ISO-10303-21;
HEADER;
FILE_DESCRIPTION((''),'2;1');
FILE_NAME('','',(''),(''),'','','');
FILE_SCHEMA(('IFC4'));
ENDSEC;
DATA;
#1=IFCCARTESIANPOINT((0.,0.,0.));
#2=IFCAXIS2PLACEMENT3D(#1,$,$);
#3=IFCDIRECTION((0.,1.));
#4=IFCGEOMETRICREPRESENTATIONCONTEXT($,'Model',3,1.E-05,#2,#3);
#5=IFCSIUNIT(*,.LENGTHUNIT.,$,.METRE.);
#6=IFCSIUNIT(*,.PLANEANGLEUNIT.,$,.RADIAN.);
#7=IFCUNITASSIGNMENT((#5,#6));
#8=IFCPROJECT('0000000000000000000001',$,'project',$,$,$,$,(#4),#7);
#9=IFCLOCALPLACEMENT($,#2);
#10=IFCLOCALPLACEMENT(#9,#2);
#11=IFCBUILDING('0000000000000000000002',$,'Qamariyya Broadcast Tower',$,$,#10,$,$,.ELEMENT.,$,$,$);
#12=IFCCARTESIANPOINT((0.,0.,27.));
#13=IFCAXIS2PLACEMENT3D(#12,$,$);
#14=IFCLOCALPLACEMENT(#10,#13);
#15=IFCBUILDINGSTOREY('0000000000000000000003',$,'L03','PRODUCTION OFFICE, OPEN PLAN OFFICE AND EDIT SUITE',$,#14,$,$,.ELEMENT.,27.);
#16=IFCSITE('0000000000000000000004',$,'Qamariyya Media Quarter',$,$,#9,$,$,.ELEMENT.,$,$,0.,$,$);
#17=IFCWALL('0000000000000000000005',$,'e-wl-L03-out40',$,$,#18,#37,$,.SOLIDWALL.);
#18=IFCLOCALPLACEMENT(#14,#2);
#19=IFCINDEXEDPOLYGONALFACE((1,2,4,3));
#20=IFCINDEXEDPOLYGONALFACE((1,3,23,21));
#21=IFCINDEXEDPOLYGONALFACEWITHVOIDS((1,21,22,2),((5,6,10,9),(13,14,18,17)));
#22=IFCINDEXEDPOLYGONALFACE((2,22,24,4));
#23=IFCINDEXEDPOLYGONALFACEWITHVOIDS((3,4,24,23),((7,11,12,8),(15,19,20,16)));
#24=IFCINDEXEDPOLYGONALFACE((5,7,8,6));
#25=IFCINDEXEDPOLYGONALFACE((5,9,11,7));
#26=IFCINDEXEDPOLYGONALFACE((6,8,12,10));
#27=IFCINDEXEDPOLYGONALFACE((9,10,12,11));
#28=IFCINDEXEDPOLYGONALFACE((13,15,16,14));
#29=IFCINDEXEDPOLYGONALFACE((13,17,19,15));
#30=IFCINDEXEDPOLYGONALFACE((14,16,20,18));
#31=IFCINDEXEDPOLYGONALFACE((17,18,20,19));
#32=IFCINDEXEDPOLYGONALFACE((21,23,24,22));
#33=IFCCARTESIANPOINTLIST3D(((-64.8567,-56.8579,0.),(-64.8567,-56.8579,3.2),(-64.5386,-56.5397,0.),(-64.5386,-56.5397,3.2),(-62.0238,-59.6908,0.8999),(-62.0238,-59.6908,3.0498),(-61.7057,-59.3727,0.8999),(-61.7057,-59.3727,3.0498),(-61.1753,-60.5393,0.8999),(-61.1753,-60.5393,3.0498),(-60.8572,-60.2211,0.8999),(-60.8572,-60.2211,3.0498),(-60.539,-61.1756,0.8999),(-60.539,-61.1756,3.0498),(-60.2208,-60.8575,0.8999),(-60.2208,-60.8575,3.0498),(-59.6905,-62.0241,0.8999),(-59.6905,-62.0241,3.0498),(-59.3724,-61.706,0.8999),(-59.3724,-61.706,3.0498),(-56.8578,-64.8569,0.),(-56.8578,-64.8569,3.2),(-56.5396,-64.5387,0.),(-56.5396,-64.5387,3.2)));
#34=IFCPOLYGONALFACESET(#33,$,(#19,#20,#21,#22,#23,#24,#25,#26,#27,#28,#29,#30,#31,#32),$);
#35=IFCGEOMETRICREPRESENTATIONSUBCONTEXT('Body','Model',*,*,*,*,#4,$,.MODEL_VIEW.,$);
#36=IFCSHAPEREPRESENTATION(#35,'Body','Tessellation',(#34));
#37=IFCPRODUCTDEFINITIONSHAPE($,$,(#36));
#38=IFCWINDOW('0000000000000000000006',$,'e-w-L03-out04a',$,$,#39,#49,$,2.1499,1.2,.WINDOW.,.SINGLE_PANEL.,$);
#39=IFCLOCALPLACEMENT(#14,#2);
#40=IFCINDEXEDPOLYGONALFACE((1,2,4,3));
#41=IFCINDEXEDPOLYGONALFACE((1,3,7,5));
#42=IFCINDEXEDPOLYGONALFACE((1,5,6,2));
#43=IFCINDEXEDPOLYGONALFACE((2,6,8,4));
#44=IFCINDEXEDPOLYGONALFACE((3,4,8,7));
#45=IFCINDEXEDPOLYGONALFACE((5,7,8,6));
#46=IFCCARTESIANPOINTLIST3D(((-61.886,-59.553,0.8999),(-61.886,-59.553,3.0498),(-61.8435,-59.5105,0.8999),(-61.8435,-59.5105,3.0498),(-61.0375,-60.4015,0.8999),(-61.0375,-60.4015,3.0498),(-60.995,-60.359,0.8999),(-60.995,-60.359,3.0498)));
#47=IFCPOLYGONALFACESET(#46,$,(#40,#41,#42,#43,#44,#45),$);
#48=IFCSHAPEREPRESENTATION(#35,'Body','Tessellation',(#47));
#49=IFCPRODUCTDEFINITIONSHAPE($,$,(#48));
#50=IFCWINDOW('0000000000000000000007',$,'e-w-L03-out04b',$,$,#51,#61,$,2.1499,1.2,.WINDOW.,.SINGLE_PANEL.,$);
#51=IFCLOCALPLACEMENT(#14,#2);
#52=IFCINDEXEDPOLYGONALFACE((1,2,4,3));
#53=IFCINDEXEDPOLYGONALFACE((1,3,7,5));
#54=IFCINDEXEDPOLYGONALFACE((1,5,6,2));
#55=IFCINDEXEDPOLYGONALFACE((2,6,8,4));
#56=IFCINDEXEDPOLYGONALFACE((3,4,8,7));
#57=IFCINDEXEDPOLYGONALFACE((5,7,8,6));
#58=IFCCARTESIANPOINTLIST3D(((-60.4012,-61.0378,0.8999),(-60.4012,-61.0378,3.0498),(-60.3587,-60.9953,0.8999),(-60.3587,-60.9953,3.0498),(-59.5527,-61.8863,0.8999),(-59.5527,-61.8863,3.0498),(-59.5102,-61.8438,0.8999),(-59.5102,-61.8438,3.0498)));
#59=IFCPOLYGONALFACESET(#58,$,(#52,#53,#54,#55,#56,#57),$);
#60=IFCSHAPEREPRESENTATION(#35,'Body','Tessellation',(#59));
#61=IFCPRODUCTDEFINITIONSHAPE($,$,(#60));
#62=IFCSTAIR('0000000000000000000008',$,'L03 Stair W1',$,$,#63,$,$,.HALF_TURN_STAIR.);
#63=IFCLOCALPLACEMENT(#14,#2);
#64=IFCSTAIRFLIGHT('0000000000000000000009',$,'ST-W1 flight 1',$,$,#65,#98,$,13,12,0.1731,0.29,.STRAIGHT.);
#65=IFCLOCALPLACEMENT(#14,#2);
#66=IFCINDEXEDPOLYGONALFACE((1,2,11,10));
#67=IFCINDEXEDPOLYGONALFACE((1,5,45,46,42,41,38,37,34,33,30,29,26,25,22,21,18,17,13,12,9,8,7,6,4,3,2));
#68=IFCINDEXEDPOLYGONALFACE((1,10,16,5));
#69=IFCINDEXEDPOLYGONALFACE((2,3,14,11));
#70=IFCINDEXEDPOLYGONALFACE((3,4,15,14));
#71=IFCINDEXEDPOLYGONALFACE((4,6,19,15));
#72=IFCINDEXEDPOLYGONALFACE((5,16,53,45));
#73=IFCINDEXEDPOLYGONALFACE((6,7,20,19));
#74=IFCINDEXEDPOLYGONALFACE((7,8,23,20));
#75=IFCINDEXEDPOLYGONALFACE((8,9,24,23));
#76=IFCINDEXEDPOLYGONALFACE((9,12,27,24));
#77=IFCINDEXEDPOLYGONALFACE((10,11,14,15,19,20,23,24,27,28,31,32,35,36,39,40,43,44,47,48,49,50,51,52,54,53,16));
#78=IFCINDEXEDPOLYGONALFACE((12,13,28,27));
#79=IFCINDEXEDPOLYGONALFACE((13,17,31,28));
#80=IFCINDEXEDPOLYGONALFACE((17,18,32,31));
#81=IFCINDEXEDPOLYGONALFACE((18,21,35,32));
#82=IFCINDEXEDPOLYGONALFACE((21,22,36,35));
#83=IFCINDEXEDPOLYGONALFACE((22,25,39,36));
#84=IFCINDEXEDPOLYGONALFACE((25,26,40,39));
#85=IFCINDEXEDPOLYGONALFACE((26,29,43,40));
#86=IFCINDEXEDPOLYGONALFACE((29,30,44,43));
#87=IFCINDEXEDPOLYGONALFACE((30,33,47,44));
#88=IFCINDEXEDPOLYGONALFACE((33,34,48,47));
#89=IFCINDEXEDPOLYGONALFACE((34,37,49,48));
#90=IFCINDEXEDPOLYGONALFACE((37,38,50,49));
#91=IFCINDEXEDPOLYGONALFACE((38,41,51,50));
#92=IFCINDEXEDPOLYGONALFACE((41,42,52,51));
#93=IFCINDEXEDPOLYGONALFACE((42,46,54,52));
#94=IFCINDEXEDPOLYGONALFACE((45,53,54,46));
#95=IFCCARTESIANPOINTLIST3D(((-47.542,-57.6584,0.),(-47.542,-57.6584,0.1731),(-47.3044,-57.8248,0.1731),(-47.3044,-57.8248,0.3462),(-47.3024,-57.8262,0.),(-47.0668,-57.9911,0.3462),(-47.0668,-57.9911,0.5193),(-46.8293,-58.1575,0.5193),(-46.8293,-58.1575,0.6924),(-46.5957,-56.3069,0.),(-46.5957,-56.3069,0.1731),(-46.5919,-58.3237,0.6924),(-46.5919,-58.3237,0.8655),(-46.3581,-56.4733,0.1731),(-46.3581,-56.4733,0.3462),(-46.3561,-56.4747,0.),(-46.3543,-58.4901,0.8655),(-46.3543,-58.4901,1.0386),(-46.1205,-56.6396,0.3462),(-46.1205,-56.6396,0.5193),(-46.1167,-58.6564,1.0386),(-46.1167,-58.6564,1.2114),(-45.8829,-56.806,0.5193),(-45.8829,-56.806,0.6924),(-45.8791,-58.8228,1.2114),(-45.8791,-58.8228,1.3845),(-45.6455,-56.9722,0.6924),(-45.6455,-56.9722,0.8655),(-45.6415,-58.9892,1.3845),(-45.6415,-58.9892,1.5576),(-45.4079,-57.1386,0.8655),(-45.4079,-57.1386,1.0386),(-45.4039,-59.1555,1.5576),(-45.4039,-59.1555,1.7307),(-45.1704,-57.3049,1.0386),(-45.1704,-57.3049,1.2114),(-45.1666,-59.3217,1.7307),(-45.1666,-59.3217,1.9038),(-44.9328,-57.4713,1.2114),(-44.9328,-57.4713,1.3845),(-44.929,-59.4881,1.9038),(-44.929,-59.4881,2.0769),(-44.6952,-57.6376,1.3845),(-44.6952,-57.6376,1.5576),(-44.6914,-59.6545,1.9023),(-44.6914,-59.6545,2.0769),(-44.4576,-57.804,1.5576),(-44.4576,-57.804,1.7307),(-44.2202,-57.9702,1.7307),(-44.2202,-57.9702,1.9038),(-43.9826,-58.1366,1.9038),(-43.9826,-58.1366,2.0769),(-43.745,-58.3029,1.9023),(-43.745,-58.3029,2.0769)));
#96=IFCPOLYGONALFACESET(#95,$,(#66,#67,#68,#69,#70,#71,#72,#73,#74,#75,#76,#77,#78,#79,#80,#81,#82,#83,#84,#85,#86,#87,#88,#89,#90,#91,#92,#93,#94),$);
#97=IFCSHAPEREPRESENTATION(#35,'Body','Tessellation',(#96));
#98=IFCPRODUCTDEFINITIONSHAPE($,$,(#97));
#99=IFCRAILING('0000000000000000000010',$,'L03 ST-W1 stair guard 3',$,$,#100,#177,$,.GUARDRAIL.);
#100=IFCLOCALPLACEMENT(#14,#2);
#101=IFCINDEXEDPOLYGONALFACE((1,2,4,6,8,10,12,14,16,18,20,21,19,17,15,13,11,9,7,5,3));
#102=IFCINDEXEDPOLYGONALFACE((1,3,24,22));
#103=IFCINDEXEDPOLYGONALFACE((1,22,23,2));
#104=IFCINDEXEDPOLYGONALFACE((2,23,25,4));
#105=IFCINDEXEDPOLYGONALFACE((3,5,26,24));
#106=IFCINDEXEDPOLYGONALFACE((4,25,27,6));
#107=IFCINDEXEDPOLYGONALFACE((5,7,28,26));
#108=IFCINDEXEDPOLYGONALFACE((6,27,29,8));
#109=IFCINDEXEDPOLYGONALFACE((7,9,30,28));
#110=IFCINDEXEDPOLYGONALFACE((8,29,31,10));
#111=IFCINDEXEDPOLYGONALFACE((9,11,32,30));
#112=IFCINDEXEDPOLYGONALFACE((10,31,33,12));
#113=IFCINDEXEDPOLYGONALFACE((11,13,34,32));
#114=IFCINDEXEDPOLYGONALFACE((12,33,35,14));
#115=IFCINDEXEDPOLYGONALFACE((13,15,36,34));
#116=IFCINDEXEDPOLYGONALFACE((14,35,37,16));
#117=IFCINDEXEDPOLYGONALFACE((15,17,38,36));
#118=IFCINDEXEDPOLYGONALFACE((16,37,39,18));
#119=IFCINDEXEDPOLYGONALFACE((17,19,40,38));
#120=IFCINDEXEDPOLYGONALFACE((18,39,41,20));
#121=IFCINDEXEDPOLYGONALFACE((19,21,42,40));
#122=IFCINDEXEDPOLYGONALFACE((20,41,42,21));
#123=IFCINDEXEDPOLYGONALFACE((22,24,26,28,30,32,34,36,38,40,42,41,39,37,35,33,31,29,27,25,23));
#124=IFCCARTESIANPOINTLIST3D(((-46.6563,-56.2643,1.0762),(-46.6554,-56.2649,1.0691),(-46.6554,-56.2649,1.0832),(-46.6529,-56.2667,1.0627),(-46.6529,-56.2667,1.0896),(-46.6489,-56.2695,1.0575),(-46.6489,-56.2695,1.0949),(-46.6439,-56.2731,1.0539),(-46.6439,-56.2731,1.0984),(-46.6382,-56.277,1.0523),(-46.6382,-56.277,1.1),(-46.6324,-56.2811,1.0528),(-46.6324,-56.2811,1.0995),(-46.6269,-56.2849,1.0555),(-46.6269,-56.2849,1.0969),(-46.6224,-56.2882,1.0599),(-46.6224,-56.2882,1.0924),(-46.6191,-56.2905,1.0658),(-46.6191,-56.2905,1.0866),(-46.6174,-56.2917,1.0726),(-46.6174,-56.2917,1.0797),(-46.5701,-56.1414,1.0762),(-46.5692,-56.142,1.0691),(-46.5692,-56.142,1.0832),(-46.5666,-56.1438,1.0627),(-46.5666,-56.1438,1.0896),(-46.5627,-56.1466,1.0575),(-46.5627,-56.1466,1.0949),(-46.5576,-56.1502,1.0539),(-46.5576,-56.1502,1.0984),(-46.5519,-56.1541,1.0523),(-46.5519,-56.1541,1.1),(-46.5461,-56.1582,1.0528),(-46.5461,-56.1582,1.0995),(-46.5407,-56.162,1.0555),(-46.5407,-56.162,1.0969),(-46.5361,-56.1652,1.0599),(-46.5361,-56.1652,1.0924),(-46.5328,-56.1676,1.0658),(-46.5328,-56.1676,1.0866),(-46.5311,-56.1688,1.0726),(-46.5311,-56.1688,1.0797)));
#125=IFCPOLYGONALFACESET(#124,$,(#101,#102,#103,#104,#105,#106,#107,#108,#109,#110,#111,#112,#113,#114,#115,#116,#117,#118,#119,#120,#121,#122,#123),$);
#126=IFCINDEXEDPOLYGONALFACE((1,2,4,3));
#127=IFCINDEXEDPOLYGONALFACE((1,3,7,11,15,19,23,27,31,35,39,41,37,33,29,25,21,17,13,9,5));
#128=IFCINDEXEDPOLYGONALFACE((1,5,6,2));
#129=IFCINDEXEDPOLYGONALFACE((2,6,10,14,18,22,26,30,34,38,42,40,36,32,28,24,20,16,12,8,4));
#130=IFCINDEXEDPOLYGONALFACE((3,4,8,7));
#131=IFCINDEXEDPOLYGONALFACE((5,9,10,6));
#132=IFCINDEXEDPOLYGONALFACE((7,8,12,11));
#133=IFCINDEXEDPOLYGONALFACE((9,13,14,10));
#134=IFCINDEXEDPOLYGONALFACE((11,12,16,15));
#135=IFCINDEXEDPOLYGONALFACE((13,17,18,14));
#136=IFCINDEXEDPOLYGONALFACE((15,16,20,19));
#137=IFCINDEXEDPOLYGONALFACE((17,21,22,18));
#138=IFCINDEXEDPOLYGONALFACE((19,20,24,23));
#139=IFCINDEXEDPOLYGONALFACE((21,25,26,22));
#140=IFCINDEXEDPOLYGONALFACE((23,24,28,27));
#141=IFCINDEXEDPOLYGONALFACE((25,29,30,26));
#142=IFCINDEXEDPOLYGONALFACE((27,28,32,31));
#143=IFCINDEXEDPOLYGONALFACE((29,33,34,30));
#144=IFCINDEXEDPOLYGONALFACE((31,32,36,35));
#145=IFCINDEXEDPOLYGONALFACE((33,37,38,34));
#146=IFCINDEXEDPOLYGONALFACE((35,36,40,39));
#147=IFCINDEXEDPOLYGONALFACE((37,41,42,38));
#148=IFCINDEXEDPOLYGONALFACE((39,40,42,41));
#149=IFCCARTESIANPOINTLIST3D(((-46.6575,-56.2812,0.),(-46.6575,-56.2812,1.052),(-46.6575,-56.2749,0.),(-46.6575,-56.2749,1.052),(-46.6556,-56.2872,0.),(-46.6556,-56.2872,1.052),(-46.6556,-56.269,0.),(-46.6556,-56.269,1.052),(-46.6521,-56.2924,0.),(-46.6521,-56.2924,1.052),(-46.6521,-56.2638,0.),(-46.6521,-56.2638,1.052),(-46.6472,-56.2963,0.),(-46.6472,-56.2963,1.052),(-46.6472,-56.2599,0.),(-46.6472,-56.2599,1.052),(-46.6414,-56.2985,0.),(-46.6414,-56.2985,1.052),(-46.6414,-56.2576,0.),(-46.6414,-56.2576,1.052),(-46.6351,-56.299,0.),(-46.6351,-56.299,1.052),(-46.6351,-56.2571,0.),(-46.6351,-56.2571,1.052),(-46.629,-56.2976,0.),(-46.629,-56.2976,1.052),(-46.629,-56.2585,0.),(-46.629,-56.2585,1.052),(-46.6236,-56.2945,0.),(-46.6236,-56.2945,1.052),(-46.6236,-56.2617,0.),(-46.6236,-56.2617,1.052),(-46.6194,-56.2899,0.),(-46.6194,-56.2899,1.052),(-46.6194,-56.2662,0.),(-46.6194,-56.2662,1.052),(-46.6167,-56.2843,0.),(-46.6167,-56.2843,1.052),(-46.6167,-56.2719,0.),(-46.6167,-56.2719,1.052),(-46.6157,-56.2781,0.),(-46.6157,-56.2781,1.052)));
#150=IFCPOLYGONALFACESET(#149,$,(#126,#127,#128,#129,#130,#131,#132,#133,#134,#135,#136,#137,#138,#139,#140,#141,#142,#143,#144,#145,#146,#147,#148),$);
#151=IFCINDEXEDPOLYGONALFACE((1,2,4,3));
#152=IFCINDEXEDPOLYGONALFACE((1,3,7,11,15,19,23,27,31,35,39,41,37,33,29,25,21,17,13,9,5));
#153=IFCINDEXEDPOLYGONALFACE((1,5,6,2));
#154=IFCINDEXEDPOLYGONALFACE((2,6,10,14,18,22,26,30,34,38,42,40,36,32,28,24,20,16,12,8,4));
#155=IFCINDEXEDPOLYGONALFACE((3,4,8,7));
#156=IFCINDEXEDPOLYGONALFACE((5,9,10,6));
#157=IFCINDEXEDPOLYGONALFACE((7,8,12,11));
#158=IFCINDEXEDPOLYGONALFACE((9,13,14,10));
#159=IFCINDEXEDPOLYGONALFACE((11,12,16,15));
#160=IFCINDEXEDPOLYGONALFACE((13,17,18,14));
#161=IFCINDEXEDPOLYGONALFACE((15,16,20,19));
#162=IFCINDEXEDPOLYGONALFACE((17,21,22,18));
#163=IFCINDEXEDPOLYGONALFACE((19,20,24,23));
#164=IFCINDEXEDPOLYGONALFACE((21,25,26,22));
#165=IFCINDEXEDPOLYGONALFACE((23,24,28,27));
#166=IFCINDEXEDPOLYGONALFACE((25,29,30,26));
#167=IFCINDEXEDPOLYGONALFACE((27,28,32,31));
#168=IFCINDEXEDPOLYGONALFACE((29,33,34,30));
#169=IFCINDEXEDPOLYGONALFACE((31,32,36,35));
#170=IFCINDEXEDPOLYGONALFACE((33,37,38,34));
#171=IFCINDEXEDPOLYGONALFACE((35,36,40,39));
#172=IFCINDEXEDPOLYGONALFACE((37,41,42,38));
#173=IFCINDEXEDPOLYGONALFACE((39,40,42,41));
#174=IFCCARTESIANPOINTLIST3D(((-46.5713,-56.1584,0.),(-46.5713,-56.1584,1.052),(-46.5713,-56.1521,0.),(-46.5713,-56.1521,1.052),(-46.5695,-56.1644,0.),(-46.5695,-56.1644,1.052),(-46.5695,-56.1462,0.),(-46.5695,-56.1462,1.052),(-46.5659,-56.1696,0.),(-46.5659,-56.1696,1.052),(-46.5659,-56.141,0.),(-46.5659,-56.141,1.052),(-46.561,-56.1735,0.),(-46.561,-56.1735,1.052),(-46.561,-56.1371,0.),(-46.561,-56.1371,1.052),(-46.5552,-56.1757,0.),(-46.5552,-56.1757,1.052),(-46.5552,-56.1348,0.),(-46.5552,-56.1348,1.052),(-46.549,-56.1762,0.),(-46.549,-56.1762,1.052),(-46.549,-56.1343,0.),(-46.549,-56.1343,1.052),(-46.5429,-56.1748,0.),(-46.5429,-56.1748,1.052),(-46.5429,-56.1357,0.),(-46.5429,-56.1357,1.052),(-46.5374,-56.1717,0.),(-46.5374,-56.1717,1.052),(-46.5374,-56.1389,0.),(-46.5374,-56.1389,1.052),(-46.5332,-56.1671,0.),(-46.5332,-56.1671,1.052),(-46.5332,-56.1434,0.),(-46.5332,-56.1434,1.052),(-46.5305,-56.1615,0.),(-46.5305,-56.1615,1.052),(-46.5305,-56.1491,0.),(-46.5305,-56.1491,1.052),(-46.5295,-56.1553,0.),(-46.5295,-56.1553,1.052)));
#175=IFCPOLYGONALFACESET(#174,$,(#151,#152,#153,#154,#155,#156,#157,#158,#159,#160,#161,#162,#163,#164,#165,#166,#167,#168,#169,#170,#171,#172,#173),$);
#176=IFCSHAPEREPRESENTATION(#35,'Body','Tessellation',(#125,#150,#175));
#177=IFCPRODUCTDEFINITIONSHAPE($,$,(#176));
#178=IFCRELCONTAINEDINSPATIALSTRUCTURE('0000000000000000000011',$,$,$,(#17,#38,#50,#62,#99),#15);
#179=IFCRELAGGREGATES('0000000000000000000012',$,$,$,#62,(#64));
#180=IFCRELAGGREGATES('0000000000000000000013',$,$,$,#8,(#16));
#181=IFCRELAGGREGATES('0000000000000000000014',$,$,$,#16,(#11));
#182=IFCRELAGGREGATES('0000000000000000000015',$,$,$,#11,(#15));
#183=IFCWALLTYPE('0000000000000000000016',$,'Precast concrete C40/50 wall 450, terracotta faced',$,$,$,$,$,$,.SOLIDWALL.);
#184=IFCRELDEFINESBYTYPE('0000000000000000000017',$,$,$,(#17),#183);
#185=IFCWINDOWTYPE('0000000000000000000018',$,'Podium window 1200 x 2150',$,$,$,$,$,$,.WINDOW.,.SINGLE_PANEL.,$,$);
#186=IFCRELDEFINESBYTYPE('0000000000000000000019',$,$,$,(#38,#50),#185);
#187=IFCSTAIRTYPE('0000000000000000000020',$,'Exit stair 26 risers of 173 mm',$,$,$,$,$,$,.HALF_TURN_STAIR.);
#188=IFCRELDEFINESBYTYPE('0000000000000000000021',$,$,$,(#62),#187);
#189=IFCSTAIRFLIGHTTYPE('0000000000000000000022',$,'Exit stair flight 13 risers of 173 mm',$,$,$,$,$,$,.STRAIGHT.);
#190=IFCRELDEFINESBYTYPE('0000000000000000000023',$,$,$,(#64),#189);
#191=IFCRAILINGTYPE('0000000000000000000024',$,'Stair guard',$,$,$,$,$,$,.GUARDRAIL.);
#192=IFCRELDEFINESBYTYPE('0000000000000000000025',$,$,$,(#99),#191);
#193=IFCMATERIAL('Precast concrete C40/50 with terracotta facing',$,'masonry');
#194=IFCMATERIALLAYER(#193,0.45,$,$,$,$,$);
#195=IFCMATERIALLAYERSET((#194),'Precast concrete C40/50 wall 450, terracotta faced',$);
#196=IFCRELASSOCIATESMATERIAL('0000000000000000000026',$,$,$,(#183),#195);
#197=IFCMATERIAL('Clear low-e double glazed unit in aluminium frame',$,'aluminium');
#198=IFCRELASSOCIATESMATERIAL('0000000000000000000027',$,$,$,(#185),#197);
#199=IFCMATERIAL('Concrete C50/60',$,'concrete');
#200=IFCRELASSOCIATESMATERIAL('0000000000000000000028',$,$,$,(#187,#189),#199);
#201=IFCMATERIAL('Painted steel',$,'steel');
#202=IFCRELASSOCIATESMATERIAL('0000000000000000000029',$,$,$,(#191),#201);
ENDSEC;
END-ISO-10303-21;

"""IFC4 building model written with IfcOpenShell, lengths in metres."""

from ifc_helpers import new_model, si_unit, direction, frame, frame_2d, origin, origin_2d, place, context, subcontext, project, spatial, polyline, rectangle, circle, outline, extrude, material, layer, layer_set, type_object, element, fill, aggregate, save


model = new_model("IFC4")

# Units and contexts
model_context = context("Model", 3, precision=1e-05, world=origin(), true_north=direction((0.0, 1.0)))
body_context = subcontext(model_context, "Body", "Model", "MODEL_VIEW")
ifc_project = project(units=[si_unit("LENGTHUNIT", "METRE"), si_unit("PLANEANGLEUNIT", "RADIAN")], contexts=[model_context])

# Site, building, storey
site_placement = place(None, origin())
site = spatial("IfcSite", under=ifc_project, at=site_placement, Name="Qamariyya Media Quarter", CompositionType="ELEMENT", RefElevation=0.0)
building_placement = place(site_placement, origin())
building = spatial("IfcBuilding", under=site, at=building_placement, Name="Qamariyya Broadcast Tower", CompositionType="ELEMENT")
storey_placement = place(building_placement, frame((0.0, 0.0, 27.0)))
storey = spatial("IfcBuildingStorey", under=building, at=storey_placement, Name="L03", Description="PRODUCTION OFFICE, OPEN PLAN OFFICE AND EDIT SUITE", CompositionType="ELEMENT", Elevation=27.0)

# Shared definitions
ifc_material_1 = material(Name="Concrete C50/60", Category="concrete")

# Wall, openings, windows
ifc_material_2 = material(Name="Precast concrete C40/50 with terracotta facing", Category="masonry")
ifc_layer_1 = layer(ifc_material_2, 0.45)
ifc_layer_set_1 = layer_set([ifc_layer_1], Name="Precast concrete C40/50 wall 450, terracotta faced")
wall_type_1 = type_object("IfcWallType", Name="Precast concrete C40/50 wall 450, terracotta faced", PredefinedType="SOLIDWALL", material=ifc_layer_set_1)
wall_1_placement = place(storey_placement, frame((-64.6978, -56.6987, 0.0), z_axis=(0.0, 0.0, 1.0), x_axis=(0.707107, -0.707107, 0.0)))
wall_1 = element("IfcWall", 1, at=wall_1_placement, inside=storey, type_object=wall_type_1, Name="e-wl-L03-out40", PredefinedType="SOLIDWALL", context=body_context, shape_type="SweptSolid", body=[
    extrude(rectangle(XDim=11.3123, YDim=0.45, at=frame_2d((5.6562, 0.0))), origin(), (0.0, 0.0, 1.0), 3.2),
])
opening_1_placement = place(wall_1_placement, frame((4.0063, 0.0, 0.8999)))
opening_1 = element("IfcOpeningElement", 2, at=opening_1_placement, cuts=wall_1, PredefinedType="OPENING", context=body_context, shape_type="SweptSolid", body=[
    extrude(rectangle(XDim=1.2, YDim=2.1499, at=frame_2d((0.6001, 1.075))), frame((0.0, 0.2349, 0.0), z_axis=(0.0, -1.0, 0.0), x_axis=(1.0, 0.0, 0.0)), (0.0, 0.0, 1.0), 0.47),
])
opening_2_placement = place(wall_1_placement, frame((6.1062, 0.0, 0.8999)))
opening_2 = element("IfcOpeningElement", 3, at=opening_2_placement, cuts=wall_1, PredefinedType="OPENING", context=body_context, shape_type="SweptSolid", body=[
    extrude(rectangle(XDim=1.2, YDim=2.1499, at=frame_2d((0.6001, 1.075))), frame((0.0, 0.2349, 0.0), z_axis=(0.0, -1.0, 0.0), x_axis=(1.0, 0.0, 0.0)), (0.0, 0.0, 1.0), 0.47),
])
ifc_material_3 = material(Name="Clear low-e double glazed unit in aluminium frame", Category="aluminium")
window_type = type_object("IfcWindowType", Name="Podium window 1200 x 2150", PartitioningType="SINGLE_PANEL", PredefinedType="WINDOW", material=ifc_material_3)
window_1_placement = place(opening_1_placement, origin())
window_1 = element("IfcWindow", 4, at=window_1_placement, inside=storey, type_object=window_type, Name="e-w-L03-out04a", OverallHeight=2.1499, OverallWidth=1.2, PartitioningType="SINGLE_PANEL", PredefinedType="WINDOW", context=body_context, shape_type="SweptSolid", body=[
    extrude(rectangle(XDim=1.2, YDim=2.1499, at=frame_2d((0.6001, 1.075))), frame((0.0, 0.03, 0.0), z_axis=(0.0, -1.0, 0.0), x_axis=(1.0, 0.0, 0.0)), (0.0, 0.0, 1.0), 0.0601),
])
fill(opening_1, window_1)
window_2_placement = place(opening_2_placement, origin())
window_2 = element("IfcWindow", 5, at=window_2_placement, inside=storey, type_object=window_type, Name="e-w-L03-out04b", OverallHeight=2.1499, OverallWidth=1.2, PartitioningType="SINGLE_PANEL", PredefinedType="WINDOW", context=body_context, shape_type="SweptSolid", body=[
    extrude(rectangle(XDim=1.2, YDim=2.1499, at=frame_2d((0.6001, 1.075))), frame((0.0, 0.03, 0.0), z_axis=(0.0, -1.0, 0.0), x_axis=(1.0, 0.0, 0.0)), (0.0, 0.0, 1.0), 0.0601),
])
fill(opening_2, window_2)

# Stair, stair flight
stair_type = type_object("IfcStairType", Name="Exit stair 26 risers of 173 mm", PredefinedType="HALF_TURN_STAIR", material=ifc_material_1)
stair_placement = place(storey_placement, origin())
stair = element("IfcStair", 6, at=stair_placement, inside=storey, type_object=stair_type, Name="L03 Stair W1", PredefinedType="HALF_TURN_STAIR")
stair_flight_type = type_object("IfcStairFlightType", Name="Exit stair flight 13 risers of 173 mm", PredefinedType="STRAIGHT", material=ifc_material_1)
stair_flight_placement = place(storey_placement, frame((-47.0688, -56.9827, 0.0), z_axis=(0.0, 0.0, 1.0), x_axis=(0.819152, -0.573576, 0.0)))
stair_flight = element("IfcStairFlight", 7, at=stair_flight_placement, type_object=stair_flight_type, Name="ST-W1 flight 1", NumberOfRisers=13, NumberOfTreads=12, PredefinedType="STRAIGHT", RiserHeight=0.1731, TreadLength=0.29, context=body_context, shape_type="SweptSolid", body=[
    extrude(outline(polyline([(0.0, 0.0), (0.0, 0.1731), (0.29, 0.1731), (0.29, 0.3462), (0.5801, 0.3462), (0.5801, 0.5193), (0.8701, 0.5193), (0.8701, 0.6924), (1.1599, 0.6924), (1.1599, 0.8655), (1.45, 0.8655), (1.45, 1.0386), (1.74, 1.0386), (1.74, 1.2114), (2.03, 1.2114), (2.03, 1.3845), (2.3201, 1.3845), (2.3201, 1.5576), (2.6101, 1.5576), (2.6101, 1.7307), (2.8999, 1.7307), (2.8999, 1.9038), (3.1899, 1.9038), (3.1899, 2.0769), (3.48, 2.0769), (3.48, 2.25), (3.48, 1.9023), (0.2925, 0.0), (0.0, 0.0)])), frame((0.0, 0.825, 0.0), z_axis=(0.0, -1.0, 0.0), x_axis=(1.0, 0.0, 0.0)), (0.0, 0.0, 1.0), 1.6499),
])
aggregate(stair, [stair_flight])

# Railing
ifc_material_4 = material(Name="Painted steel", Category="steel")
railing_type_1 = type_object("IfcRailingType", Name="Stair guard", PredefinedType="GUARDRAIL", material=ifc_material_4)
railing_1_placement = place(storey_placement, frame((-46.6367, -56.2781, 0.0)))
element("IfcRailing", 8, at=railing_1_placement, inside=storey, type_object=railing_type_1, Name="L03 ST-W1 stair guard 3", PredefinedType="GUARDRAIL", context=body_context, shape_type="SweptSolid", body=[
    extrude(circle(Radius=0.0239, at=origin_2d()), frame((0.0, 0.0, 1.0762), z_axis=(0.574445, 0.818543, 0.0), x_axis=(-0.818543, 0.574445, 0.0)), (0.0, 0.0, 1.0), 0.1501),
    extrude(circle(Radius=0.021, at=origin_2d()), origin(), (0.0, 0.0, 1.0), 1.052),
    extrude(circle(Radius=0.021, at=origin_2d()), frame((0.0862, 0.1228, 0.0)), (0.0, 0.0, 1.0), 1.052),
])

save(model, "model.ifc")
